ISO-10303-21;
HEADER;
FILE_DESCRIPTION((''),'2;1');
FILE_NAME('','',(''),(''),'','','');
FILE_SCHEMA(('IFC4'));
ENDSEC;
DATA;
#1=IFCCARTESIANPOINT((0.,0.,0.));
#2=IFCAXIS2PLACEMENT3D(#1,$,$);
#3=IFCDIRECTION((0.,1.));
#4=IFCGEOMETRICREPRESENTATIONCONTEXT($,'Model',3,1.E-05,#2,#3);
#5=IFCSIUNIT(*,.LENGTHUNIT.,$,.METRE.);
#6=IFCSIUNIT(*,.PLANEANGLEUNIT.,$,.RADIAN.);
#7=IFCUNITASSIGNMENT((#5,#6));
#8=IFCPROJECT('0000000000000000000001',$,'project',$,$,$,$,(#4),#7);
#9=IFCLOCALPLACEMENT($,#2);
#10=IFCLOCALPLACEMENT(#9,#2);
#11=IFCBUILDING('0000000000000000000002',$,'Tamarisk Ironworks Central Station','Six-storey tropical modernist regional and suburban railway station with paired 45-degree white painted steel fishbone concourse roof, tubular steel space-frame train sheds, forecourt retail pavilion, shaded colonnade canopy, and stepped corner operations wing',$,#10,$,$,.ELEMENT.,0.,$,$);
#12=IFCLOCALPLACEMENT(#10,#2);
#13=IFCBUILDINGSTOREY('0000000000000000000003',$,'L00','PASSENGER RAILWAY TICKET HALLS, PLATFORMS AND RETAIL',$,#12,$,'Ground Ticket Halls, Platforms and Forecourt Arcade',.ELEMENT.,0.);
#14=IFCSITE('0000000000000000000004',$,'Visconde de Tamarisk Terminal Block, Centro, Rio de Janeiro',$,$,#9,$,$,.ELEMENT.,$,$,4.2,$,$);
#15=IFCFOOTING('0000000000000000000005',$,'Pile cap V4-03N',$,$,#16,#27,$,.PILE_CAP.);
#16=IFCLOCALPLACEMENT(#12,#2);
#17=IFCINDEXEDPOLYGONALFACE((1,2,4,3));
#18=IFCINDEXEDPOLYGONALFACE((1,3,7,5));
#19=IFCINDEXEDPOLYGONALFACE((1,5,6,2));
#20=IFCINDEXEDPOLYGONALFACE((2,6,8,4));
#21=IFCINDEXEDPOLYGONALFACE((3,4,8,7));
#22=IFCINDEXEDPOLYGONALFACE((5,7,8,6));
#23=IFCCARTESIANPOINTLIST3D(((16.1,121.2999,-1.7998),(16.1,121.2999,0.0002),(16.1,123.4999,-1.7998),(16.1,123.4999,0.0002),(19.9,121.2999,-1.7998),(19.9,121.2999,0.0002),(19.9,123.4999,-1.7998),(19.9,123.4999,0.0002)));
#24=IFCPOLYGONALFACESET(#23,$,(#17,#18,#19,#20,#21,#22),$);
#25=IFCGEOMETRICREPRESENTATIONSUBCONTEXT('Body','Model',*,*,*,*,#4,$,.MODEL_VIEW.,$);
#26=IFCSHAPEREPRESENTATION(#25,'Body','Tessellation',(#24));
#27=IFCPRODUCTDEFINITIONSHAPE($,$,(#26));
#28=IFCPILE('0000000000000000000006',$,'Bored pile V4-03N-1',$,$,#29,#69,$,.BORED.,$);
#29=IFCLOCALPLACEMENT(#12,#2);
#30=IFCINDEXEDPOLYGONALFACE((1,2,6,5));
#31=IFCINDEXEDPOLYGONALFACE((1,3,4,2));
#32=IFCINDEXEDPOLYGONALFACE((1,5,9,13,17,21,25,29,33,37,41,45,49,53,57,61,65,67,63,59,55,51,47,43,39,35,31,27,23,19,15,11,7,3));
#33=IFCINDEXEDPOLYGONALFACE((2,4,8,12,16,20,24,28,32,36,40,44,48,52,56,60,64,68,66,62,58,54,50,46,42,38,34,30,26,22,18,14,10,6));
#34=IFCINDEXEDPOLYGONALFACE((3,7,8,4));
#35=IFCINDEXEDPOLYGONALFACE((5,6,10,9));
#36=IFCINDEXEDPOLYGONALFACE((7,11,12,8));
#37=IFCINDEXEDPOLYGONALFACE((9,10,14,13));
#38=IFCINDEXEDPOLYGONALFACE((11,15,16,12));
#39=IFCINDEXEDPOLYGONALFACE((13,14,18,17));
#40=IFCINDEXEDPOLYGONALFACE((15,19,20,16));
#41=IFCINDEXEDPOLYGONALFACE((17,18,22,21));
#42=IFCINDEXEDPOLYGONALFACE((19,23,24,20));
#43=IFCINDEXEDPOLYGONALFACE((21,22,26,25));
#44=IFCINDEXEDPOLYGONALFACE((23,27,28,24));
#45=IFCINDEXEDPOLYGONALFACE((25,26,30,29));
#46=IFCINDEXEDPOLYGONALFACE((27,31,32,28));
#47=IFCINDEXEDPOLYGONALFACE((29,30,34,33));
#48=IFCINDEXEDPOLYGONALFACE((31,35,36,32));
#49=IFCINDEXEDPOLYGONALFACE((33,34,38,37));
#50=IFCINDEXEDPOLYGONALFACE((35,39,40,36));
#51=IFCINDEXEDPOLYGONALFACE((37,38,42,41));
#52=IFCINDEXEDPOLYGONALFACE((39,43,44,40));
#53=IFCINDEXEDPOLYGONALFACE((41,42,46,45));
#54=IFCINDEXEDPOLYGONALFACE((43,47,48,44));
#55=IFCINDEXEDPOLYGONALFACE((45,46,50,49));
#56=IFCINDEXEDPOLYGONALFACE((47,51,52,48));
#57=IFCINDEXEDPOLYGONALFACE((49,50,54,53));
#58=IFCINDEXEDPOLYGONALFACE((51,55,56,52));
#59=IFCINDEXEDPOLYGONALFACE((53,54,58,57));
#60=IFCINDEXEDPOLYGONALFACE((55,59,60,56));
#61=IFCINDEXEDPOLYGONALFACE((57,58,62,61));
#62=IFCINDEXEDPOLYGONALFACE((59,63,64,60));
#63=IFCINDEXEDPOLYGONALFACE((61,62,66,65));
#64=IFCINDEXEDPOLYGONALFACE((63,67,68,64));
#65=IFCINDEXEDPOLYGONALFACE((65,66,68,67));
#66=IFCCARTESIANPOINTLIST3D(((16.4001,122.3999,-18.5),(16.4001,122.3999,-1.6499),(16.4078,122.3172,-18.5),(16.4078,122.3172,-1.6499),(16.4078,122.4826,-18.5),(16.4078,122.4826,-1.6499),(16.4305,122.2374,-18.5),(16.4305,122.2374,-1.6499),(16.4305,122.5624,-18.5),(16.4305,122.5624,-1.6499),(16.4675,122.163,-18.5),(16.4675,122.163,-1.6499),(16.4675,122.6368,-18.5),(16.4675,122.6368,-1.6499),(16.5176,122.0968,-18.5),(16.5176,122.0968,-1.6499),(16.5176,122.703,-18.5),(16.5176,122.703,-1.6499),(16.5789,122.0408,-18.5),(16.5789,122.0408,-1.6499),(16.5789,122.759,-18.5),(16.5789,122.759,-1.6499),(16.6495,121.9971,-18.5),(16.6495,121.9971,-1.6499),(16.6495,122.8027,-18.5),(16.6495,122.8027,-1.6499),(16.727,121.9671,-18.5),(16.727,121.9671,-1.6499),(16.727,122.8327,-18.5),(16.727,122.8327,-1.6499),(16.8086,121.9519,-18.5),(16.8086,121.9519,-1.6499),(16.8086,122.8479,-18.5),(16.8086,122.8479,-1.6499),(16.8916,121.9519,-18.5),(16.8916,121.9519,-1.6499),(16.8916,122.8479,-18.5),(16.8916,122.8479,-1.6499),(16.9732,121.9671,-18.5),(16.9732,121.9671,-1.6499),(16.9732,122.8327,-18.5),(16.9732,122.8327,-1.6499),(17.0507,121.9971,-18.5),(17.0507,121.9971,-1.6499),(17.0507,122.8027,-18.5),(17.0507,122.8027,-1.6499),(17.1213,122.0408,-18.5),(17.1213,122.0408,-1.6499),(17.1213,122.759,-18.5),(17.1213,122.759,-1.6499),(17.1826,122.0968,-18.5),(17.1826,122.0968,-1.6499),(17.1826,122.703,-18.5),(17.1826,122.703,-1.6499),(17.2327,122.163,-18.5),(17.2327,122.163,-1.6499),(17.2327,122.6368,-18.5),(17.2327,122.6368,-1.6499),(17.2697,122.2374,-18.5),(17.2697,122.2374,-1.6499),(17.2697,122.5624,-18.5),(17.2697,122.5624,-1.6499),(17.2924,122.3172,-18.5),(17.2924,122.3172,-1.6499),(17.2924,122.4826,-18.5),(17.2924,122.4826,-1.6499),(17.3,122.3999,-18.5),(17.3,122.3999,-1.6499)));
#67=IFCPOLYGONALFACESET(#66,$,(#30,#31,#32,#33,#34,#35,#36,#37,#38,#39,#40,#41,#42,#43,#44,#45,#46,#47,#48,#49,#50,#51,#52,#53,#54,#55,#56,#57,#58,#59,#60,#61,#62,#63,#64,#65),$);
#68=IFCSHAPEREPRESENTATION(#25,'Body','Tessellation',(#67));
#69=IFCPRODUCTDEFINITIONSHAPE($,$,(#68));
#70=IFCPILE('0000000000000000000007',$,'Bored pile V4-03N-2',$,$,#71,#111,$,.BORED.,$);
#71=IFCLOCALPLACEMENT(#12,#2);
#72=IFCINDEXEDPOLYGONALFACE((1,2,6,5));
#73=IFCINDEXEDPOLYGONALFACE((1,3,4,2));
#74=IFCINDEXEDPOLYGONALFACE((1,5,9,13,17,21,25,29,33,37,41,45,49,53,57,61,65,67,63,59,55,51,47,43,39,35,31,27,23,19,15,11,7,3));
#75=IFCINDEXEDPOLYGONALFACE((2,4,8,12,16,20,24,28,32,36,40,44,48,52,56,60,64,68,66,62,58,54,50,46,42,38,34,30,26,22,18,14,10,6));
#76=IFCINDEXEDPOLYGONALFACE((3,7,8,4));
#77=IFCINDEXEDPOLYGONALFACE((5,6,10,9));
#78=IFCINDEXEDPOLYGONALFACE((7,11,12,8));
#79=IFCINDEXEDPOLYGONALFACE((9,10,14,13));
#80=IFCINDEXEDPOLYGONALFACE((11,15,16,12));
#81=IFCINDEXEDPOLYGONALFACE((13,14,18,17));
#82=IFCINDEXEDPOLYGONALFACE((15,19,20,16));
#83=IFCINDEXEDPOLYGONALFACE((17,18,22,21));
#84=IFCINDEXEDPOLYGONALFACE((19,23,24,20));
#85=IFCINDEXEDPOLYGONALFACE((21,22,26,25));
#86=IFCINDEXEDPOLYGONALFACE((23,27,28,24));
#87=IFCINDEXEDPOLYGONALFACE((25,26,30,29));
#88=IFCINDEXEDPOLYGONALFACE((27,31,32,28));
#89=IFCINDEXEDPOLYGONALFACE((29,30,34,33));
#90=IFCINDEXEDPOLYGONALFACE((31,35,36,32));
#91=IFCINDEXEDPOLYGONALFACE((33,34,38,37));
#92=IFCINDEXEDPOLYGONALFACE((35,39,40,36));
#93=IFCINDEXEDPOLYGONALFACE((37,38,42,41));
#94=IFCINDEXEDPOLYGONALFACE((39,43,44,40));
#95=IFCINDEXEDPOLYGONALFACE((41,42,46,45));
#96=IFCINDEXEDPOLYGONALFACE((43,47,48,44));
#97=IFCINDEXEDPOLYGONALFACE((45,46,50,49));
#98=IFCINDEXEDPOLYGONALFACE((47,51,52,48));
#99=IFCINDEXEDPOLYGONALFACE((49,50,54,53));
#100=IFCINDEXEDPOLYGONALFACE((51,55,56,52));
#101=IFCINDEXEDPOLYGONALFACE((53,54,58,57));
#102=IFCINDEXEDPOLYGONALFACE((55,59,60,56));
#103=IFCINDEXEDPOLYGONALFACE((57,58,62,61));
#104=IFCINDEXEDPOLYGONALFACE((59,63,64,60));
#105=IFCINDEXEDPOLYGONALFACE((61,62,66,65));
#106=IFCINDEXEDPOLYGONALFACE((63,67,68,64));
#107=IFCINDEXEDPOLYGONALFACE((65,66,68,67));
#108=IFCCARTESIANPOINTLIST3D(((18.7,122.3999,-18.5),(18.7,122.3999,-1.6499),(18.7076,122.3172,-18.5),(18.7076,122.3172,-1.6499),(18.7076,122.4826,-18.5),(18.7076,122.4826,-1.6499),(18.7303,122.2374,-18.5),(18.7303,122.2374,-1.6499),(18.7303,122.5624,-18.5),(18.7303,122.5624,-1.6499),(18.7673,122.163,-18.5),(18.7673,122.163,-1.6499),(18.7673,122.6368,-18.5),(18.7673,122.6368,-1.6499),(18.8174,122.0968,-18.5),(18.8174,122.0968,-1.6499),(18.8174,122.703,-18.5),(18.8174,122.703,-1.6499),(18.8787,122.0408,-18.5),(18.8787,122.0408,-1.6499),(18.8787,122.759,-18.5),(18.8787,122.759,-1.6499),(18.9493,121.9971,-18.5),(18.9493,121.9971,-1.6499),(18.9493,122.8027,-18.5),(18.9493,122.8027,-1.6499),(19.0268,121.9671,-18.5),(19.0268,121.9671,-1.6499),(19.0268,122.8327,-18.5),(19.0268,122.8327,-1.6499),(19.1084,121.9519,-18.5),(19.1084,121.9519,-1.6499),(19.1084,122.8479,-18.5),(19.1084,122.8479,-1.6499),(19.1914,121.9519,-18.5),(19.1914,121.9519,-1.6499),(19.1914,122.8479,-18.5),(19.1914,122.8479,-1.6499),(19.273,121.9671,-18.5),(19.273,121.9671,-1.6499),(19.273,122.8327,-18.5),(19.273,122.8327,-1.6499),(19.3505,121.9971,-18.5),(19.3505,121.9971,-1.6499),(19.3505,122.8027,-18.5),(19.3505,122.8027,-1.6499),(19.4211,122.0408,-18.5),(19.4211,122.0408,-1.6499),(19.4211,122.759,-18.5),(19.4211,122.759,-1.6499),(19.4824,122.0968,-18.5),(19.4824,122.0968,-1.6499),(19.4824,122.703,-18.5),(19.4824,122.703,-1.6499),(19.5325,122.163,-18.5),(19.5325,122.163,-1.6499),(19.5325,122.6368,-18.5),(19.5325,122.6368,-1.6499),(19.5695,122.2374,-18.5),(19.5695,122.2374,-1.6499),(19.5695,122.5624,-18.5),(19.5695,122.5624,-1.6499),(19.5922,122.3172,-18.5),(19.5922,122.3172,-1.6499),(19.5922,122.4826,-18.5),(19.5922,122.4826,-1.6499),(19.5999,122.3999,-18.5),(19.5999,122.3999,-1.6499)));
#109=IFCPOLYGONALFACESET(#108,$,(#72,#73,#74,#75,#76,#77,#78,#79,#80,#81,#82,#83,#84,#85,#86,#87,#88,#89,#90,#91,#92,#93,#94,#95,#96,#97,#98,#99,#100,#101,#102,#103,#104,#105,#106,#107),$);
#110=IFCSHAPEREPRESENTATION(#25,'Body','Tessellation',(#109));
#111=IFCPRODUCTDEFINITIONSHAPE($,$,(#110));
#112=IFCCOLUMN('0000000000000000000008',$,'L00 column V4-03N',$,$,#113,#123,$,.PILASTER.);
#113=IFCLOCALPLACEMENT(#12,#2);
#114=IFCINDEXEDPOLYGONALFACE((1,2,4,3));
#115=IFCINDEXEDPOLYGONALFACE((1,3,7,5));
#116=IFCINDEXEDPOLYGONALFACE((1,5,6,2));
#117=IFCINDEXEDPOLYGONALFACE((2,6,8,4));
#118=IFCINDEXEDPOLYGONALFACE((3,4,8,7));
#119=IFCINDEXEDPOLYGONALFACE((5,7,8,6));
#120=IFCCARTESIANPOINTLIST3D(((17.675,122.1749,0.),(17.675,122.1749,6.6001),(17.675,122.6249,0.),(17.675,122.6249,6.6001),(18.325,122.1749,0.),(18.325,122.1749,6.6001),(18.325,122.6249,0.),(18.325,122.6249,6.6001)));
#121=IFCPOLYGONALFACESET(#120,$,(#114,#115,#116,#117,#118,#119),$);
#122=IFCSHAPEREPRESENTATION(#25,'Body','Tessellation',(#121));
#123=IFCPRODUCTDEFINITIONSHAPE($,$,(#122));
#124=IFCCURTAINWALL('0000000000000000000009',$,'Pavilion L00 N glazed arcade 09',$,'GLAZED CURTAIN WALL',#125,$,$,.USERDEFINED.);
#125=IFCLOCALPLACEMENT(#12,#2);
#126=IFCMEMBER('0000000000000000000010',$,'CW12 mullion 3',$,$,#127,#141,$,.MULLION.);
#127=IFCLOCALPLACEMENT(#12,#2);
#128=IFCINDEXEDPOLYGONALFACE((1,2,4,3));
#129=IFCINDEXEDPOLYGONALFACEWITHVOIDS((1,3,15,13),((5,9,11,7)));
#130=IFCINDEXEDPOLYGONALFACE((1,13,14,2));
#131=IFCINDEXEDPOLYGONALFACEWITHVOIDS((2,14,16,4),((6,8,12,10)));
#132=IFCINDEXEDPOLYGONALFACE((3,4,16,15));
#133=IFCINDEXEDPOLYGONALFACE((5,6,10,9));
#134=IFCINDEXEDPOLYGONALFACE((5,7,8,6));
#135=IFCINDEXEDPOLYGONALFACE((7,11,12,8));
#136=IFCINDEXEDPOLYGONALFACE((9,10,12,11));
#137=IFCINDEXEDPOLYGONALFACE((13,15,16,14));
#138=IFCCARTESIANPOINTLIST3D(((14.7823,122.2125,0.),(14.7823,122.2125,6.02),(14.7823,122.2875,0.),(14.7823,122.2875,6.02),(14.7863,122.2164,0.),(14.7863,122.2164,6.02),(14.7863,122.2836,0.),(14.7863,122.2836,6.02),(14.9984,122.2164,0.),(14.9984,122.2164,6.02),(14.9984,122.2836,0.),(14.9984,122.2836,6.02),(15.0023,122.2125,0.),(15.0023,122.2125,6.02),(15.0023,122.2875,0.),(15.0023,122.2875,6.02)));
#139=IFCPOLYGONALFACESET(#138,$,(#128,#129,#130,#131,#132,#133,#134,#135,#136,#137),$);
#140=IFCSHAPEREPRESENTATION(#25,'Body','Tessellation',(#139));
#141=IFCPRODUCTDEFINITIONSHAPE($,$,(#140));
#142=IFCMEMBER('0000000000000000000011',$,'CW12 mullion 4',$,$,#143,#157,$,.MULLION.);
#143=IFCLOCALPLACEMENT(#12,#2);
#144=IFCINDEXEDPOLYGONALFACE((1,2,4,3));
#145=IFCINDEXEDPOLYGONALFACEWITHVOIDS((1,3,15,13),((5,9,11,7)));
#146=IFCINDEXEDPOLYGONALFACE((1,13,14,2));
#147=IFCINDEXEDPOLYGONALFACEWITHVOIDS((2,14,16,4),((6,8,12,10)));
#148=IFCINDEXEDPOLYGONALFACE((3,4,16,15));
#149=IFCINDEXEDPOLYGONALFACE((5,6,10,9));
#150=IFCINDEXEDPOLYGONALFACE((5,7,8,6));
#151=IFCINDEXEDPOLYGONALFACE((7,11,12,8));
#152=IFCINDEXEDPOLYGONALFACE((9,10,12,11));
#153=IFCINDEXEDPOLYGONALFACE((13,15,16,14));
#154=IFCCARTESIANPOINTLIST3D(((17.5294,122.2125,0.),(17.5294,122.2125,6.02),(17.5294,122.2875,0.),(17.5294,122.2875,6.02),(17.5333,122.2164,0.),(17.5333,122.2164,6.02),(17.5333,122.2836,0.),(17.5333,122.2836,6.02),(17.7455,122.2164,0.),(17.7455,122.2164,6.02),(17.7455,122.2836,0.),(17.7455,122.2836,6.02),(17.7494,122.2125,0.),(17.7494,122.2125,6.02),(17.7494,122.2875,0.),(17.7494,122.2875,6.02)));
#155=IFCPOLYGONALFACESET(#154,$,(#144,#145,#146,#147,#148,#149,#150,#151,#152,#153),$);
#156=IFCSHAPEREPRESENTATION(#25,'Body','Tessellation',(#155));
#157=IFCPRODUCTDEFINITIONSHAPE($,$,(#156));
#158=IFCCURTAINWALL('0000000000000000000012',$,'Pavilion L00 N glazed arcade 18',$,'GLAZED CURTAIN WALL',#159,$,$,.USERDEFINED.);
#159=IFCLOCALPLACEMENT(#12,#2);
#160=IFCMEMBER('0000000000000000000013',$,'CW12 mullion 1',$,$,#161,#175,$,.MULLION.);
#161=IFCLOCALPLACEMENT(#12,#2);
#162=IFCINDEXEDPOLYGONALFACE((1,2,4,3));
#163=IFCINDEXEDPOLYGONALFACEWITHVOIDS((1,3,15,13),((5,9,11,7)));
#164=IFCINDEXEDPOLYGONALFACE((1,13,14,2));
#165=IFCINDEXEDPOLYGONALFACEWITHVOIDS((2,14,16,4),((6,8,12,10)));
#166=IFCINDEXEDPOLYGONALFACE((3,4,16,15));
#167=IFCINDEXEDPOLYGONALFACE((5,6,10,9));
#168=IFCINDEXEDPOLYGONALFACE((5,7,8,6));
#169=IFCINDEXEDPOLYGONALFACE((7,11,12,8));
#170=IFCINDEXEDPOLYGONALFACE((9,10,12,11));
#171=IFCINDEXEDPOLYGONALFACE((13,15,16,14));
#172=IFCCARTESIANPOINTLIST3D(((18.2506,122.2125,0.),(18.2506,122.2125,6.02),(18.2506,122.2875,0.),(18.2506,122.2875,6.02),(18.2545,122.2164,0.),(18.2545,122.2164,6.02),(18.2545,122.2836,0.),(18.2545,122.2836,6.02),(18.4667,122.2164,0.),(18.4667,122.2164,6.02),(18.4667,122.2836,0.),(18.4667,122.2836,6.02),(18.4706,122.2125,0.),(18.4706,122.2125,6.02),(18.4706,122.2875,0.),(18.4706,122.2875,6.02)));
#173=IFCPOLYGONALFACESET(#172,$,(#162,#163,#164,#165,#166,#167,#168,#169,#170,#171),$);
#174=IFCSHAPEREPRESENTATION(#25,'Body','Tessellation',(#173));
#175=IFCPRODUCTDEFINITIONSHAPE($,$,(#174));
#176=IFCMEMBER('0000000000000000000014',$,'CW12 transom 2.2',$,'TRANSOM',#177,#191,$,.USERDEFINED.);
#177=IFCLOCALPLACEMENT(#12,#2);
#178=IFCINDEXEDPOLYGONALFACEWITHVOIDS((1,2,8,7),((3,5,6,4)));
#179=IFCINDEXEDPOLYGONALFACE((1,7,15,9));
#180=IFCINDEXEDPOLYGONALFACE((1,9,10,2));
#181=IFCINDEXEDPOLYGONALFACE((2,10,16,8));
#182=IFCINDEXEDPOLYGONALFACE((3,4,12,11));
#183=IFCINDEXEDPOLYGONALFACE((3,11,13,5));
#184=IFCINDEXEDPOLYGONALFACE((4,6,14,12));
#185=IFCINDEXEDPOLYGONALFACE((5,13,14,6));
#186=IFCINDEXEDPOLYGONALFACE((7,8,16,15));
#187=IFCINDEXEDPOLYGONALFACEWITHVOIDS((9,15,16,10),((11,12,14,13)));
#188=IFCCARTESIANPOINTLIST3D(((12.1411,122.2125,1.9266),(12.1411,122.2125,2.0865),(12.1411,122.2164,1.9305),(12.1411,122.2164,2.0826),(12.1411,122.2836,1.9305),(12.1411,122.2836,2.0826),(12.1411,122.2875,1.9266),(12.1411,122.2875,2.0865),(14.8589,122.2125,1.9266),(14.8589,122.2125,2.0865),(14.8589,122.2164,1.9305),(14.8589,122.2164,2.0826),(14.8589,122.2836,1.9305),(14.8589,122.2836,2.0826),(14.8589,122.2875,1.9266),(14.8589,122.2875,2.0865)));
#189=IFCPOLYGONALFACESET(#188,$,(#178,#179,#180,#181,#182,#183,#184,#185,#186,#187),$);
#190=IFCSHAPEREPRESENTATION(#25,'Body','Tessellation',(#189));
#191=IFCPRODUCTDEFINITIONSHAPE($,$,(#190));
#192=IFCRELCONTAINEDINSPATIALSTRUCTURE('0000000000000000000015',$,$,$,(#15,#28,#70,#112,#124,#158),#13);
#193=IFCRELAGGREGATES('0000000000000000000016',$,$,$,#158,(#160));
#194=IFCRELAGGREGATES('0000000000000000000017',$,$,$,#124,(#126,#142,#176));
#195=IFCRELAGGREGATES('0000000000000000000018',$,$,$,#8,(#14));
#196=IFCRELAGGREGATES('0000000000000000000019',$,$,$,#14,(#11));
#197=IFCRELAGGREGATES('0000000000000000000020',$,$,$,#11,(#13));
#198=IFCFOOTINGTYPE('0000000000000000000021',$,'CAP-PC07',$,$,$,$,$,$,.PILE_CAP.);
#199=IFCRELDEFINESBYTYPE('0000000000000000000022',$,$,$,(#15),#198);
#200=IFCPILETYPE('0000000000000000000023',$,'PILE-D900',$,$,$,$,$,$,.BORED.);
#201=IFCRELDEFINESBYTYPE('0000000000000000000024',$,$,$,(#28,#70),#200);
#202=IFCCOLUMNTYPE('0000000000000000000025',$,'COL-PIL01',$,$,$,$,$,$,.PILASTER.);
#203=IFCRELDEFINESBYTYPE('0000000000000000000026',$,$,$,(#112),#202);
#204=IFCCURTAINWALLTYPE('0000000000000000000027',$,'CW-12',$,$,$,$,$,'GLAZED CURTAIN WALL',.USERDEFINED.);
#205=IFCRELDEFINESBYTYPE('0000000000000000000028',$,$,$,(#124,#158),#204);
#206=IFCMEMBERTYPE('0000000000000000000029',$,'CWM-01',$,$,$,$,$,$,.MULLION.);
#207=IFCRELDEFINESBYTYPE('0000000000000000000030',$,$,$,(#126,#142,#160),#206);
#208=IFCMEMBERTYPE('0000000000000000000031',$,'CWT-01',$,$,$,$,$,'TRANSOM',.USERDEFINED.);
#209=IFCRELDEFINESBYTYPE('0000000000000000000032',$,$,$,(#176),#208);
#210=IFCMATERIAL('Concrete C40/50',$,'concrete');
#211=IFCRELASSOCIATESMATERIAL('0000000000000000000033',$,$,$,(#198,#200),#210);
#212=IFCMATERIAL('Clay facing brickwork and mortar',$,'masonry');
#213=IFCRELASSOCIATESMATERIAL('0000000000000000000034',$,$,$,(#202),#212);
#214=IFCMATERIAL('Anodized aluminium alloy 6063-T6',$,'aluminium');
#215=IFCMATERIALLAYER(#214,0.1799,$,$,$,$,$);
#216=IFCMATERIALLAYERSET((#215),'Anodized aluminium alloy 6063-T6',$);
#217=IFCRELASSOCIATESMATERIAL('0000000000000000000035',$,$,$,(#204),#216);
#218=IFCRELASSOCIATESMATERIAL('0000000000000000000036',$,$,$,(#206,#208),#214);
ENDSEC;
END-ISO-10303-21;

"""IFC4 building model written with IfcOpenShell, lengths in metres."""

from ifc_helpers import new_model, si_unit, direction, frame, origin, origin_2d, place, context, subcontext, project, spatial, rectangle, hollow_rectangle, circle, extrude, material, layer, layer_set, material_profile, profile_set, type_object, element, aggregate, save


model = new_model("IFC4")

# Units and contexts
model_context = context("Model", 3, precision=1e-05, world=origin(), true_north=direction((0.0, 1.0)))
body_context = subcontext(model_context, "Body", "Model", "MODEL_VIEW")
ifc_project = project(units=[si_unit("LENGTHUNIT", "METRE"), si_unit("PLANEANGLEUNIT", "RADIAN")], contexts=[model_context])

# Site, building, storey
site_placement = place(None, origin())
site = spatial("IfcSite", under=ifc_project, at=site_placement, Name="Visconde de Tamarisk Terminal Block, Centro, Rio de Janeiro", CompositionType="ELEMENT", RefElevation=4.2)
building_placement = place(site_placement, origin())
building = spatial("IfcBuilding", under=site, at=building_placement, Name="Tamarisk Ironworks Central Station", Description="Six-storey tropical modernist regional and suburban railway station with paired 45-degree white painted steel fishbone concourse roof, tubular steel space-frame train sheds, forecourt retail pavilion, shaded colonnade canopy, and stepped corner operations wing", CompositionType="ELEMENT", ElevationOfRefHeight=0.0)
storey_placement = place(building_placement, origin())
storey = spatial("IfcBuildingStorey", under=building, at=storey_placement, Name="L00", Description="PASSENGER RAILWAY TICKET HALLS, PLATFORMS AND RETAIL", LongName="Ground Ticket Halls, Platforms and Forecourt Arcade", CompositionType="ELEMENT", Elevation=0.0)

# Footing
ifc_material_1 = material(Name="Concrete C40/50", Category="concrete")
footing_type = type_object("IfcFootingType", Name="CAP-PC07", PredefinedType="PILE_CAP", material=ifc_material_1)
footing_placement = place(storey_placement, frame((18.0, 122.3999, -1.7998), z_axis=(0.0, 0.0, 1.0), x_axis=(1.0, 0.0, 0.0)))
element("IfcFooting", 1, at=footing_placement, inside=storey, type_object=footing_type, Name="Pile cap V4-03N", PredefinedType="PILE_CAP", context=body_context, shape_type="SweptSolid", body=[
    extrude(rectangle(XDim=3.8, YDim=2.2, at=origin_2d()), origin(), (0.0, 0.0, 1.0), 1.8),
])

# Piles
ifc_material_profile_1 = material_profile(ifc_material_1, circle(Radius=0.45, at=origin_2d()), Name="BORED PILE D900")
ifc_profile_set_1 = profile_set([ifc_material_profile_1], Name="Concrete C40/50")
pile_type = type_object("IfcPileType", Name="PILE-D900", PredefinedType="BORED", material=ifc_profile_set_1)
for number, where, z_axis, x_axis, name in (
    (2, (16.8501, 122.3999, -1.6499), (0.0, 0.0, -1.0), (1.0, 0.0, 0.0), "Bored pile V4-03N-1"),
    (3, (19.1499, 122.3999, -1.6499), (0.0, 0.0, -1.0), (1.0, 0.0, 0.0), "Bored pile V4-03N-2"),
):
    element("IfcPile", number, at=place(storey_placement, frame(where, z_axis=z_axis, x_axis=x_axis)), inside=storey, type_object=pile_type, Name=name, PredefinedType="BORED", context=body_context, shape_type="SweptSolid", body=[
        extrude(circle(Radius=0.45, at=origin_2d()), origin(), (0.0, 0.0, 1.0), 16.8501),
    ])

# Column
ifc_material_2 = material(Name="Clay facing brickwork and mortar", Category="masonry")
ifc_material_profile_2 = material_profile(ifc_material_2, rectangle(XDim=0.6499, YDim=0.45, at=origin_2d()), Name="PIL 650x450")
ifc_profile_set_2 = profile_set([ifc_material_profile_2], Name="Clay facing brickwork and mortar")
column_type = type_object("IfcColumnType", Name="COL-PIL01", PredefinedType="PILASTER", material=ifc_profile_set_2)
column_placement = place(storey_placement, frame((18.0, 122.3999, 0.0), z_axis=(0.0, 0.0, 1.0), x_axis=(1.0, 0.0, 0.0)))
element("IfcColumn", 4, at=column_placement, inside=storey, type_object=column_type, Name="L00 column V4-03N", PredefinedType="PILASTER", context=body_context, shape_type="SweptSolid", body=[
    extrude(rectangle(XDim=0.6499, YDim=0.45, at=origin_2d()), origin(), (0.0, 0.0, 1.0), 6.6001),
])

# Curtain wall, members
ifc_material_3 = material(Name="Anodized aluminium alloy 6063-T6", Category="aluminium")
ifc_layer_1 = layer(ifc_material_3, 0.1799)
ifc_layer_set_1 = layer_set([ifc_layer_1], Name="Anodized aluminium alloy 6063-T6")
curtain_wall_type = type_object("IfcCurtainWallType", Name="CW-12", ElementType="GLAZED CURTAIN WALL", PredefinedType="USERDEFINED", material=ifc_layer_set_1)
curtain_wall_1_placement = place(storey_placement, origin())
curtain_wall_1 = element("IfcCurtainWall", 5, at=curtain_wall_1_placement, inside=storey, type_object=curtain_wall_type, Name="Pavilion L00 N glazed arcade 09", ObjectType="GLAZED CURTAIN WALL", PredefinedType="USERDEFINED")
ifc_material_profile_3 = material_profile(ifc_material_3, hollow_rectangle(XDim=0.075, YDim=0.22, WallThickness=0.0039, at=origin_2d()), Name="ALUM 220x75")
ifc_profile_set_3 = profile_set([ifc_material_profile_3], Name="Anodized aluminium alloy 6063-T6")
member_type_1 = type_object("IfcMemberType", Name="CWM-01", PredefinedType="MULLION", material=ifc_profile_set_3)
member_1_placement = place(storey_placement, frame((14.8923, 122.25, 0.0), z_axis=(0.0, 0.0, 1.0), x_axis=(0.0, 1.0, 0.0)))
member_1 = element("IfcMember", 6, at=member_1_placement, type_object=member_type_1, Name="CW12 mullion 3", PredefinedType="MULLION", context=body_context, shape_type="SweptSolid", body=[
    extrude(hollow_rectangle(XDim=0.075, YDim=0.22, WallThickness=0.0039, at=origin_2d()), origin(), (0.0, 0.0, 1.0), 6.02),
])
member_2_placement = place(storey_placement, frame((17.6394, 122.25, 0.0), z_axis=(0.0, 0.0, 1.0), x_axis=(0.0, 1.0, 0.0)))
member_2 = element("IfcMember", 7, at=member_2_placement, type_object=member_type_1, Name="CW12 mullion 4", PredefinedType="MULLION", context=body_context, shape_type="SweptSolid", body=[
    extrude(hollow_rectangle(XDim=0.075, YDim=0.22, WallThickness=0.0039, at=origin_2d()), origin(), (0.0, 0.0, 1.0), 6.02),
])

# Curtain wall, member
curtain_wall_2_placement = place(storey_placement, origin())
curtain_wall_2 = element("IfcCurtainWall", 8, at=curtain_wall_2_placement, inside=storey, type_object=curtain_wall_type, Name="Pavilion L00 N glazed arcade 18", ObjectType="GLAZED CURTAIN WALL", PredefinedType="USERDEFINED")
member_3_placement = place(storey_placement, frame((18.3606, 122.25, 0.0), z_axis=(0.0, 0.0, 1.0), x_axis=(0.0, 1.0, 0.0)))
member_3 = element("IfcMember", 9, at=member_3_placement, type_object=member_type_1, Name="CW12 mullion 1", PredefinedType="MULLION", context=body_context, shape_type="SweptSolid", body=[
    extrude(hollow_rectangle(XDim=0.075, YDim=0.22, WallThickness=0.0039, at=origin_2d()), origin(), (0.0, 0.0, 1.0), 6.02),
])

# Member
ifc_material_profile_4 = material_profile(ifc_material_3, hollow_rectangle(XDim=0.075, YDim=0.1599, WallThickness=0.0039, at=origin_2d()), Name="ALUM 160x75")
ifc_profile_set_4 = profile_set([ifc_material_profile_4], Name="Anodized aluminium alloy 6063-T6")
member_type_2 = type_object("IfcMemberType", Name="CWT-01", ElementType="TRANSOM", PredefinedType="USERDEFINED", material=ifc_profile_set_4)
member_4_placement = place(storey_placement, frame((12.1411, 122.25, 2.0066), z_axis=(1.0, 0.0, 0.0), x_axis=(0.0, 1.0, 0.0)))
member_4 = element("IfcMember", 10, at=member_4_placement, type_object=member_type_2, Name="CW12 transom 2.2", ObjectType="TRANSOM", PredefinedType="USERDEFINED", context=body_context, shape_type="SweptSolid", body=[
    extrude(hollow_rectangle(XDim=0.075, YDim=0.1599, WallThickness=0.0039, at=origin_2d()), origin(), (0.0, 0.0, 1.0), 2.7178),
])
aggregate(curtain_wall_2, [member_3])

aggregate(curtain_wall_1, [member_1, member_2, member_4])

save(model, "model.ifc")
